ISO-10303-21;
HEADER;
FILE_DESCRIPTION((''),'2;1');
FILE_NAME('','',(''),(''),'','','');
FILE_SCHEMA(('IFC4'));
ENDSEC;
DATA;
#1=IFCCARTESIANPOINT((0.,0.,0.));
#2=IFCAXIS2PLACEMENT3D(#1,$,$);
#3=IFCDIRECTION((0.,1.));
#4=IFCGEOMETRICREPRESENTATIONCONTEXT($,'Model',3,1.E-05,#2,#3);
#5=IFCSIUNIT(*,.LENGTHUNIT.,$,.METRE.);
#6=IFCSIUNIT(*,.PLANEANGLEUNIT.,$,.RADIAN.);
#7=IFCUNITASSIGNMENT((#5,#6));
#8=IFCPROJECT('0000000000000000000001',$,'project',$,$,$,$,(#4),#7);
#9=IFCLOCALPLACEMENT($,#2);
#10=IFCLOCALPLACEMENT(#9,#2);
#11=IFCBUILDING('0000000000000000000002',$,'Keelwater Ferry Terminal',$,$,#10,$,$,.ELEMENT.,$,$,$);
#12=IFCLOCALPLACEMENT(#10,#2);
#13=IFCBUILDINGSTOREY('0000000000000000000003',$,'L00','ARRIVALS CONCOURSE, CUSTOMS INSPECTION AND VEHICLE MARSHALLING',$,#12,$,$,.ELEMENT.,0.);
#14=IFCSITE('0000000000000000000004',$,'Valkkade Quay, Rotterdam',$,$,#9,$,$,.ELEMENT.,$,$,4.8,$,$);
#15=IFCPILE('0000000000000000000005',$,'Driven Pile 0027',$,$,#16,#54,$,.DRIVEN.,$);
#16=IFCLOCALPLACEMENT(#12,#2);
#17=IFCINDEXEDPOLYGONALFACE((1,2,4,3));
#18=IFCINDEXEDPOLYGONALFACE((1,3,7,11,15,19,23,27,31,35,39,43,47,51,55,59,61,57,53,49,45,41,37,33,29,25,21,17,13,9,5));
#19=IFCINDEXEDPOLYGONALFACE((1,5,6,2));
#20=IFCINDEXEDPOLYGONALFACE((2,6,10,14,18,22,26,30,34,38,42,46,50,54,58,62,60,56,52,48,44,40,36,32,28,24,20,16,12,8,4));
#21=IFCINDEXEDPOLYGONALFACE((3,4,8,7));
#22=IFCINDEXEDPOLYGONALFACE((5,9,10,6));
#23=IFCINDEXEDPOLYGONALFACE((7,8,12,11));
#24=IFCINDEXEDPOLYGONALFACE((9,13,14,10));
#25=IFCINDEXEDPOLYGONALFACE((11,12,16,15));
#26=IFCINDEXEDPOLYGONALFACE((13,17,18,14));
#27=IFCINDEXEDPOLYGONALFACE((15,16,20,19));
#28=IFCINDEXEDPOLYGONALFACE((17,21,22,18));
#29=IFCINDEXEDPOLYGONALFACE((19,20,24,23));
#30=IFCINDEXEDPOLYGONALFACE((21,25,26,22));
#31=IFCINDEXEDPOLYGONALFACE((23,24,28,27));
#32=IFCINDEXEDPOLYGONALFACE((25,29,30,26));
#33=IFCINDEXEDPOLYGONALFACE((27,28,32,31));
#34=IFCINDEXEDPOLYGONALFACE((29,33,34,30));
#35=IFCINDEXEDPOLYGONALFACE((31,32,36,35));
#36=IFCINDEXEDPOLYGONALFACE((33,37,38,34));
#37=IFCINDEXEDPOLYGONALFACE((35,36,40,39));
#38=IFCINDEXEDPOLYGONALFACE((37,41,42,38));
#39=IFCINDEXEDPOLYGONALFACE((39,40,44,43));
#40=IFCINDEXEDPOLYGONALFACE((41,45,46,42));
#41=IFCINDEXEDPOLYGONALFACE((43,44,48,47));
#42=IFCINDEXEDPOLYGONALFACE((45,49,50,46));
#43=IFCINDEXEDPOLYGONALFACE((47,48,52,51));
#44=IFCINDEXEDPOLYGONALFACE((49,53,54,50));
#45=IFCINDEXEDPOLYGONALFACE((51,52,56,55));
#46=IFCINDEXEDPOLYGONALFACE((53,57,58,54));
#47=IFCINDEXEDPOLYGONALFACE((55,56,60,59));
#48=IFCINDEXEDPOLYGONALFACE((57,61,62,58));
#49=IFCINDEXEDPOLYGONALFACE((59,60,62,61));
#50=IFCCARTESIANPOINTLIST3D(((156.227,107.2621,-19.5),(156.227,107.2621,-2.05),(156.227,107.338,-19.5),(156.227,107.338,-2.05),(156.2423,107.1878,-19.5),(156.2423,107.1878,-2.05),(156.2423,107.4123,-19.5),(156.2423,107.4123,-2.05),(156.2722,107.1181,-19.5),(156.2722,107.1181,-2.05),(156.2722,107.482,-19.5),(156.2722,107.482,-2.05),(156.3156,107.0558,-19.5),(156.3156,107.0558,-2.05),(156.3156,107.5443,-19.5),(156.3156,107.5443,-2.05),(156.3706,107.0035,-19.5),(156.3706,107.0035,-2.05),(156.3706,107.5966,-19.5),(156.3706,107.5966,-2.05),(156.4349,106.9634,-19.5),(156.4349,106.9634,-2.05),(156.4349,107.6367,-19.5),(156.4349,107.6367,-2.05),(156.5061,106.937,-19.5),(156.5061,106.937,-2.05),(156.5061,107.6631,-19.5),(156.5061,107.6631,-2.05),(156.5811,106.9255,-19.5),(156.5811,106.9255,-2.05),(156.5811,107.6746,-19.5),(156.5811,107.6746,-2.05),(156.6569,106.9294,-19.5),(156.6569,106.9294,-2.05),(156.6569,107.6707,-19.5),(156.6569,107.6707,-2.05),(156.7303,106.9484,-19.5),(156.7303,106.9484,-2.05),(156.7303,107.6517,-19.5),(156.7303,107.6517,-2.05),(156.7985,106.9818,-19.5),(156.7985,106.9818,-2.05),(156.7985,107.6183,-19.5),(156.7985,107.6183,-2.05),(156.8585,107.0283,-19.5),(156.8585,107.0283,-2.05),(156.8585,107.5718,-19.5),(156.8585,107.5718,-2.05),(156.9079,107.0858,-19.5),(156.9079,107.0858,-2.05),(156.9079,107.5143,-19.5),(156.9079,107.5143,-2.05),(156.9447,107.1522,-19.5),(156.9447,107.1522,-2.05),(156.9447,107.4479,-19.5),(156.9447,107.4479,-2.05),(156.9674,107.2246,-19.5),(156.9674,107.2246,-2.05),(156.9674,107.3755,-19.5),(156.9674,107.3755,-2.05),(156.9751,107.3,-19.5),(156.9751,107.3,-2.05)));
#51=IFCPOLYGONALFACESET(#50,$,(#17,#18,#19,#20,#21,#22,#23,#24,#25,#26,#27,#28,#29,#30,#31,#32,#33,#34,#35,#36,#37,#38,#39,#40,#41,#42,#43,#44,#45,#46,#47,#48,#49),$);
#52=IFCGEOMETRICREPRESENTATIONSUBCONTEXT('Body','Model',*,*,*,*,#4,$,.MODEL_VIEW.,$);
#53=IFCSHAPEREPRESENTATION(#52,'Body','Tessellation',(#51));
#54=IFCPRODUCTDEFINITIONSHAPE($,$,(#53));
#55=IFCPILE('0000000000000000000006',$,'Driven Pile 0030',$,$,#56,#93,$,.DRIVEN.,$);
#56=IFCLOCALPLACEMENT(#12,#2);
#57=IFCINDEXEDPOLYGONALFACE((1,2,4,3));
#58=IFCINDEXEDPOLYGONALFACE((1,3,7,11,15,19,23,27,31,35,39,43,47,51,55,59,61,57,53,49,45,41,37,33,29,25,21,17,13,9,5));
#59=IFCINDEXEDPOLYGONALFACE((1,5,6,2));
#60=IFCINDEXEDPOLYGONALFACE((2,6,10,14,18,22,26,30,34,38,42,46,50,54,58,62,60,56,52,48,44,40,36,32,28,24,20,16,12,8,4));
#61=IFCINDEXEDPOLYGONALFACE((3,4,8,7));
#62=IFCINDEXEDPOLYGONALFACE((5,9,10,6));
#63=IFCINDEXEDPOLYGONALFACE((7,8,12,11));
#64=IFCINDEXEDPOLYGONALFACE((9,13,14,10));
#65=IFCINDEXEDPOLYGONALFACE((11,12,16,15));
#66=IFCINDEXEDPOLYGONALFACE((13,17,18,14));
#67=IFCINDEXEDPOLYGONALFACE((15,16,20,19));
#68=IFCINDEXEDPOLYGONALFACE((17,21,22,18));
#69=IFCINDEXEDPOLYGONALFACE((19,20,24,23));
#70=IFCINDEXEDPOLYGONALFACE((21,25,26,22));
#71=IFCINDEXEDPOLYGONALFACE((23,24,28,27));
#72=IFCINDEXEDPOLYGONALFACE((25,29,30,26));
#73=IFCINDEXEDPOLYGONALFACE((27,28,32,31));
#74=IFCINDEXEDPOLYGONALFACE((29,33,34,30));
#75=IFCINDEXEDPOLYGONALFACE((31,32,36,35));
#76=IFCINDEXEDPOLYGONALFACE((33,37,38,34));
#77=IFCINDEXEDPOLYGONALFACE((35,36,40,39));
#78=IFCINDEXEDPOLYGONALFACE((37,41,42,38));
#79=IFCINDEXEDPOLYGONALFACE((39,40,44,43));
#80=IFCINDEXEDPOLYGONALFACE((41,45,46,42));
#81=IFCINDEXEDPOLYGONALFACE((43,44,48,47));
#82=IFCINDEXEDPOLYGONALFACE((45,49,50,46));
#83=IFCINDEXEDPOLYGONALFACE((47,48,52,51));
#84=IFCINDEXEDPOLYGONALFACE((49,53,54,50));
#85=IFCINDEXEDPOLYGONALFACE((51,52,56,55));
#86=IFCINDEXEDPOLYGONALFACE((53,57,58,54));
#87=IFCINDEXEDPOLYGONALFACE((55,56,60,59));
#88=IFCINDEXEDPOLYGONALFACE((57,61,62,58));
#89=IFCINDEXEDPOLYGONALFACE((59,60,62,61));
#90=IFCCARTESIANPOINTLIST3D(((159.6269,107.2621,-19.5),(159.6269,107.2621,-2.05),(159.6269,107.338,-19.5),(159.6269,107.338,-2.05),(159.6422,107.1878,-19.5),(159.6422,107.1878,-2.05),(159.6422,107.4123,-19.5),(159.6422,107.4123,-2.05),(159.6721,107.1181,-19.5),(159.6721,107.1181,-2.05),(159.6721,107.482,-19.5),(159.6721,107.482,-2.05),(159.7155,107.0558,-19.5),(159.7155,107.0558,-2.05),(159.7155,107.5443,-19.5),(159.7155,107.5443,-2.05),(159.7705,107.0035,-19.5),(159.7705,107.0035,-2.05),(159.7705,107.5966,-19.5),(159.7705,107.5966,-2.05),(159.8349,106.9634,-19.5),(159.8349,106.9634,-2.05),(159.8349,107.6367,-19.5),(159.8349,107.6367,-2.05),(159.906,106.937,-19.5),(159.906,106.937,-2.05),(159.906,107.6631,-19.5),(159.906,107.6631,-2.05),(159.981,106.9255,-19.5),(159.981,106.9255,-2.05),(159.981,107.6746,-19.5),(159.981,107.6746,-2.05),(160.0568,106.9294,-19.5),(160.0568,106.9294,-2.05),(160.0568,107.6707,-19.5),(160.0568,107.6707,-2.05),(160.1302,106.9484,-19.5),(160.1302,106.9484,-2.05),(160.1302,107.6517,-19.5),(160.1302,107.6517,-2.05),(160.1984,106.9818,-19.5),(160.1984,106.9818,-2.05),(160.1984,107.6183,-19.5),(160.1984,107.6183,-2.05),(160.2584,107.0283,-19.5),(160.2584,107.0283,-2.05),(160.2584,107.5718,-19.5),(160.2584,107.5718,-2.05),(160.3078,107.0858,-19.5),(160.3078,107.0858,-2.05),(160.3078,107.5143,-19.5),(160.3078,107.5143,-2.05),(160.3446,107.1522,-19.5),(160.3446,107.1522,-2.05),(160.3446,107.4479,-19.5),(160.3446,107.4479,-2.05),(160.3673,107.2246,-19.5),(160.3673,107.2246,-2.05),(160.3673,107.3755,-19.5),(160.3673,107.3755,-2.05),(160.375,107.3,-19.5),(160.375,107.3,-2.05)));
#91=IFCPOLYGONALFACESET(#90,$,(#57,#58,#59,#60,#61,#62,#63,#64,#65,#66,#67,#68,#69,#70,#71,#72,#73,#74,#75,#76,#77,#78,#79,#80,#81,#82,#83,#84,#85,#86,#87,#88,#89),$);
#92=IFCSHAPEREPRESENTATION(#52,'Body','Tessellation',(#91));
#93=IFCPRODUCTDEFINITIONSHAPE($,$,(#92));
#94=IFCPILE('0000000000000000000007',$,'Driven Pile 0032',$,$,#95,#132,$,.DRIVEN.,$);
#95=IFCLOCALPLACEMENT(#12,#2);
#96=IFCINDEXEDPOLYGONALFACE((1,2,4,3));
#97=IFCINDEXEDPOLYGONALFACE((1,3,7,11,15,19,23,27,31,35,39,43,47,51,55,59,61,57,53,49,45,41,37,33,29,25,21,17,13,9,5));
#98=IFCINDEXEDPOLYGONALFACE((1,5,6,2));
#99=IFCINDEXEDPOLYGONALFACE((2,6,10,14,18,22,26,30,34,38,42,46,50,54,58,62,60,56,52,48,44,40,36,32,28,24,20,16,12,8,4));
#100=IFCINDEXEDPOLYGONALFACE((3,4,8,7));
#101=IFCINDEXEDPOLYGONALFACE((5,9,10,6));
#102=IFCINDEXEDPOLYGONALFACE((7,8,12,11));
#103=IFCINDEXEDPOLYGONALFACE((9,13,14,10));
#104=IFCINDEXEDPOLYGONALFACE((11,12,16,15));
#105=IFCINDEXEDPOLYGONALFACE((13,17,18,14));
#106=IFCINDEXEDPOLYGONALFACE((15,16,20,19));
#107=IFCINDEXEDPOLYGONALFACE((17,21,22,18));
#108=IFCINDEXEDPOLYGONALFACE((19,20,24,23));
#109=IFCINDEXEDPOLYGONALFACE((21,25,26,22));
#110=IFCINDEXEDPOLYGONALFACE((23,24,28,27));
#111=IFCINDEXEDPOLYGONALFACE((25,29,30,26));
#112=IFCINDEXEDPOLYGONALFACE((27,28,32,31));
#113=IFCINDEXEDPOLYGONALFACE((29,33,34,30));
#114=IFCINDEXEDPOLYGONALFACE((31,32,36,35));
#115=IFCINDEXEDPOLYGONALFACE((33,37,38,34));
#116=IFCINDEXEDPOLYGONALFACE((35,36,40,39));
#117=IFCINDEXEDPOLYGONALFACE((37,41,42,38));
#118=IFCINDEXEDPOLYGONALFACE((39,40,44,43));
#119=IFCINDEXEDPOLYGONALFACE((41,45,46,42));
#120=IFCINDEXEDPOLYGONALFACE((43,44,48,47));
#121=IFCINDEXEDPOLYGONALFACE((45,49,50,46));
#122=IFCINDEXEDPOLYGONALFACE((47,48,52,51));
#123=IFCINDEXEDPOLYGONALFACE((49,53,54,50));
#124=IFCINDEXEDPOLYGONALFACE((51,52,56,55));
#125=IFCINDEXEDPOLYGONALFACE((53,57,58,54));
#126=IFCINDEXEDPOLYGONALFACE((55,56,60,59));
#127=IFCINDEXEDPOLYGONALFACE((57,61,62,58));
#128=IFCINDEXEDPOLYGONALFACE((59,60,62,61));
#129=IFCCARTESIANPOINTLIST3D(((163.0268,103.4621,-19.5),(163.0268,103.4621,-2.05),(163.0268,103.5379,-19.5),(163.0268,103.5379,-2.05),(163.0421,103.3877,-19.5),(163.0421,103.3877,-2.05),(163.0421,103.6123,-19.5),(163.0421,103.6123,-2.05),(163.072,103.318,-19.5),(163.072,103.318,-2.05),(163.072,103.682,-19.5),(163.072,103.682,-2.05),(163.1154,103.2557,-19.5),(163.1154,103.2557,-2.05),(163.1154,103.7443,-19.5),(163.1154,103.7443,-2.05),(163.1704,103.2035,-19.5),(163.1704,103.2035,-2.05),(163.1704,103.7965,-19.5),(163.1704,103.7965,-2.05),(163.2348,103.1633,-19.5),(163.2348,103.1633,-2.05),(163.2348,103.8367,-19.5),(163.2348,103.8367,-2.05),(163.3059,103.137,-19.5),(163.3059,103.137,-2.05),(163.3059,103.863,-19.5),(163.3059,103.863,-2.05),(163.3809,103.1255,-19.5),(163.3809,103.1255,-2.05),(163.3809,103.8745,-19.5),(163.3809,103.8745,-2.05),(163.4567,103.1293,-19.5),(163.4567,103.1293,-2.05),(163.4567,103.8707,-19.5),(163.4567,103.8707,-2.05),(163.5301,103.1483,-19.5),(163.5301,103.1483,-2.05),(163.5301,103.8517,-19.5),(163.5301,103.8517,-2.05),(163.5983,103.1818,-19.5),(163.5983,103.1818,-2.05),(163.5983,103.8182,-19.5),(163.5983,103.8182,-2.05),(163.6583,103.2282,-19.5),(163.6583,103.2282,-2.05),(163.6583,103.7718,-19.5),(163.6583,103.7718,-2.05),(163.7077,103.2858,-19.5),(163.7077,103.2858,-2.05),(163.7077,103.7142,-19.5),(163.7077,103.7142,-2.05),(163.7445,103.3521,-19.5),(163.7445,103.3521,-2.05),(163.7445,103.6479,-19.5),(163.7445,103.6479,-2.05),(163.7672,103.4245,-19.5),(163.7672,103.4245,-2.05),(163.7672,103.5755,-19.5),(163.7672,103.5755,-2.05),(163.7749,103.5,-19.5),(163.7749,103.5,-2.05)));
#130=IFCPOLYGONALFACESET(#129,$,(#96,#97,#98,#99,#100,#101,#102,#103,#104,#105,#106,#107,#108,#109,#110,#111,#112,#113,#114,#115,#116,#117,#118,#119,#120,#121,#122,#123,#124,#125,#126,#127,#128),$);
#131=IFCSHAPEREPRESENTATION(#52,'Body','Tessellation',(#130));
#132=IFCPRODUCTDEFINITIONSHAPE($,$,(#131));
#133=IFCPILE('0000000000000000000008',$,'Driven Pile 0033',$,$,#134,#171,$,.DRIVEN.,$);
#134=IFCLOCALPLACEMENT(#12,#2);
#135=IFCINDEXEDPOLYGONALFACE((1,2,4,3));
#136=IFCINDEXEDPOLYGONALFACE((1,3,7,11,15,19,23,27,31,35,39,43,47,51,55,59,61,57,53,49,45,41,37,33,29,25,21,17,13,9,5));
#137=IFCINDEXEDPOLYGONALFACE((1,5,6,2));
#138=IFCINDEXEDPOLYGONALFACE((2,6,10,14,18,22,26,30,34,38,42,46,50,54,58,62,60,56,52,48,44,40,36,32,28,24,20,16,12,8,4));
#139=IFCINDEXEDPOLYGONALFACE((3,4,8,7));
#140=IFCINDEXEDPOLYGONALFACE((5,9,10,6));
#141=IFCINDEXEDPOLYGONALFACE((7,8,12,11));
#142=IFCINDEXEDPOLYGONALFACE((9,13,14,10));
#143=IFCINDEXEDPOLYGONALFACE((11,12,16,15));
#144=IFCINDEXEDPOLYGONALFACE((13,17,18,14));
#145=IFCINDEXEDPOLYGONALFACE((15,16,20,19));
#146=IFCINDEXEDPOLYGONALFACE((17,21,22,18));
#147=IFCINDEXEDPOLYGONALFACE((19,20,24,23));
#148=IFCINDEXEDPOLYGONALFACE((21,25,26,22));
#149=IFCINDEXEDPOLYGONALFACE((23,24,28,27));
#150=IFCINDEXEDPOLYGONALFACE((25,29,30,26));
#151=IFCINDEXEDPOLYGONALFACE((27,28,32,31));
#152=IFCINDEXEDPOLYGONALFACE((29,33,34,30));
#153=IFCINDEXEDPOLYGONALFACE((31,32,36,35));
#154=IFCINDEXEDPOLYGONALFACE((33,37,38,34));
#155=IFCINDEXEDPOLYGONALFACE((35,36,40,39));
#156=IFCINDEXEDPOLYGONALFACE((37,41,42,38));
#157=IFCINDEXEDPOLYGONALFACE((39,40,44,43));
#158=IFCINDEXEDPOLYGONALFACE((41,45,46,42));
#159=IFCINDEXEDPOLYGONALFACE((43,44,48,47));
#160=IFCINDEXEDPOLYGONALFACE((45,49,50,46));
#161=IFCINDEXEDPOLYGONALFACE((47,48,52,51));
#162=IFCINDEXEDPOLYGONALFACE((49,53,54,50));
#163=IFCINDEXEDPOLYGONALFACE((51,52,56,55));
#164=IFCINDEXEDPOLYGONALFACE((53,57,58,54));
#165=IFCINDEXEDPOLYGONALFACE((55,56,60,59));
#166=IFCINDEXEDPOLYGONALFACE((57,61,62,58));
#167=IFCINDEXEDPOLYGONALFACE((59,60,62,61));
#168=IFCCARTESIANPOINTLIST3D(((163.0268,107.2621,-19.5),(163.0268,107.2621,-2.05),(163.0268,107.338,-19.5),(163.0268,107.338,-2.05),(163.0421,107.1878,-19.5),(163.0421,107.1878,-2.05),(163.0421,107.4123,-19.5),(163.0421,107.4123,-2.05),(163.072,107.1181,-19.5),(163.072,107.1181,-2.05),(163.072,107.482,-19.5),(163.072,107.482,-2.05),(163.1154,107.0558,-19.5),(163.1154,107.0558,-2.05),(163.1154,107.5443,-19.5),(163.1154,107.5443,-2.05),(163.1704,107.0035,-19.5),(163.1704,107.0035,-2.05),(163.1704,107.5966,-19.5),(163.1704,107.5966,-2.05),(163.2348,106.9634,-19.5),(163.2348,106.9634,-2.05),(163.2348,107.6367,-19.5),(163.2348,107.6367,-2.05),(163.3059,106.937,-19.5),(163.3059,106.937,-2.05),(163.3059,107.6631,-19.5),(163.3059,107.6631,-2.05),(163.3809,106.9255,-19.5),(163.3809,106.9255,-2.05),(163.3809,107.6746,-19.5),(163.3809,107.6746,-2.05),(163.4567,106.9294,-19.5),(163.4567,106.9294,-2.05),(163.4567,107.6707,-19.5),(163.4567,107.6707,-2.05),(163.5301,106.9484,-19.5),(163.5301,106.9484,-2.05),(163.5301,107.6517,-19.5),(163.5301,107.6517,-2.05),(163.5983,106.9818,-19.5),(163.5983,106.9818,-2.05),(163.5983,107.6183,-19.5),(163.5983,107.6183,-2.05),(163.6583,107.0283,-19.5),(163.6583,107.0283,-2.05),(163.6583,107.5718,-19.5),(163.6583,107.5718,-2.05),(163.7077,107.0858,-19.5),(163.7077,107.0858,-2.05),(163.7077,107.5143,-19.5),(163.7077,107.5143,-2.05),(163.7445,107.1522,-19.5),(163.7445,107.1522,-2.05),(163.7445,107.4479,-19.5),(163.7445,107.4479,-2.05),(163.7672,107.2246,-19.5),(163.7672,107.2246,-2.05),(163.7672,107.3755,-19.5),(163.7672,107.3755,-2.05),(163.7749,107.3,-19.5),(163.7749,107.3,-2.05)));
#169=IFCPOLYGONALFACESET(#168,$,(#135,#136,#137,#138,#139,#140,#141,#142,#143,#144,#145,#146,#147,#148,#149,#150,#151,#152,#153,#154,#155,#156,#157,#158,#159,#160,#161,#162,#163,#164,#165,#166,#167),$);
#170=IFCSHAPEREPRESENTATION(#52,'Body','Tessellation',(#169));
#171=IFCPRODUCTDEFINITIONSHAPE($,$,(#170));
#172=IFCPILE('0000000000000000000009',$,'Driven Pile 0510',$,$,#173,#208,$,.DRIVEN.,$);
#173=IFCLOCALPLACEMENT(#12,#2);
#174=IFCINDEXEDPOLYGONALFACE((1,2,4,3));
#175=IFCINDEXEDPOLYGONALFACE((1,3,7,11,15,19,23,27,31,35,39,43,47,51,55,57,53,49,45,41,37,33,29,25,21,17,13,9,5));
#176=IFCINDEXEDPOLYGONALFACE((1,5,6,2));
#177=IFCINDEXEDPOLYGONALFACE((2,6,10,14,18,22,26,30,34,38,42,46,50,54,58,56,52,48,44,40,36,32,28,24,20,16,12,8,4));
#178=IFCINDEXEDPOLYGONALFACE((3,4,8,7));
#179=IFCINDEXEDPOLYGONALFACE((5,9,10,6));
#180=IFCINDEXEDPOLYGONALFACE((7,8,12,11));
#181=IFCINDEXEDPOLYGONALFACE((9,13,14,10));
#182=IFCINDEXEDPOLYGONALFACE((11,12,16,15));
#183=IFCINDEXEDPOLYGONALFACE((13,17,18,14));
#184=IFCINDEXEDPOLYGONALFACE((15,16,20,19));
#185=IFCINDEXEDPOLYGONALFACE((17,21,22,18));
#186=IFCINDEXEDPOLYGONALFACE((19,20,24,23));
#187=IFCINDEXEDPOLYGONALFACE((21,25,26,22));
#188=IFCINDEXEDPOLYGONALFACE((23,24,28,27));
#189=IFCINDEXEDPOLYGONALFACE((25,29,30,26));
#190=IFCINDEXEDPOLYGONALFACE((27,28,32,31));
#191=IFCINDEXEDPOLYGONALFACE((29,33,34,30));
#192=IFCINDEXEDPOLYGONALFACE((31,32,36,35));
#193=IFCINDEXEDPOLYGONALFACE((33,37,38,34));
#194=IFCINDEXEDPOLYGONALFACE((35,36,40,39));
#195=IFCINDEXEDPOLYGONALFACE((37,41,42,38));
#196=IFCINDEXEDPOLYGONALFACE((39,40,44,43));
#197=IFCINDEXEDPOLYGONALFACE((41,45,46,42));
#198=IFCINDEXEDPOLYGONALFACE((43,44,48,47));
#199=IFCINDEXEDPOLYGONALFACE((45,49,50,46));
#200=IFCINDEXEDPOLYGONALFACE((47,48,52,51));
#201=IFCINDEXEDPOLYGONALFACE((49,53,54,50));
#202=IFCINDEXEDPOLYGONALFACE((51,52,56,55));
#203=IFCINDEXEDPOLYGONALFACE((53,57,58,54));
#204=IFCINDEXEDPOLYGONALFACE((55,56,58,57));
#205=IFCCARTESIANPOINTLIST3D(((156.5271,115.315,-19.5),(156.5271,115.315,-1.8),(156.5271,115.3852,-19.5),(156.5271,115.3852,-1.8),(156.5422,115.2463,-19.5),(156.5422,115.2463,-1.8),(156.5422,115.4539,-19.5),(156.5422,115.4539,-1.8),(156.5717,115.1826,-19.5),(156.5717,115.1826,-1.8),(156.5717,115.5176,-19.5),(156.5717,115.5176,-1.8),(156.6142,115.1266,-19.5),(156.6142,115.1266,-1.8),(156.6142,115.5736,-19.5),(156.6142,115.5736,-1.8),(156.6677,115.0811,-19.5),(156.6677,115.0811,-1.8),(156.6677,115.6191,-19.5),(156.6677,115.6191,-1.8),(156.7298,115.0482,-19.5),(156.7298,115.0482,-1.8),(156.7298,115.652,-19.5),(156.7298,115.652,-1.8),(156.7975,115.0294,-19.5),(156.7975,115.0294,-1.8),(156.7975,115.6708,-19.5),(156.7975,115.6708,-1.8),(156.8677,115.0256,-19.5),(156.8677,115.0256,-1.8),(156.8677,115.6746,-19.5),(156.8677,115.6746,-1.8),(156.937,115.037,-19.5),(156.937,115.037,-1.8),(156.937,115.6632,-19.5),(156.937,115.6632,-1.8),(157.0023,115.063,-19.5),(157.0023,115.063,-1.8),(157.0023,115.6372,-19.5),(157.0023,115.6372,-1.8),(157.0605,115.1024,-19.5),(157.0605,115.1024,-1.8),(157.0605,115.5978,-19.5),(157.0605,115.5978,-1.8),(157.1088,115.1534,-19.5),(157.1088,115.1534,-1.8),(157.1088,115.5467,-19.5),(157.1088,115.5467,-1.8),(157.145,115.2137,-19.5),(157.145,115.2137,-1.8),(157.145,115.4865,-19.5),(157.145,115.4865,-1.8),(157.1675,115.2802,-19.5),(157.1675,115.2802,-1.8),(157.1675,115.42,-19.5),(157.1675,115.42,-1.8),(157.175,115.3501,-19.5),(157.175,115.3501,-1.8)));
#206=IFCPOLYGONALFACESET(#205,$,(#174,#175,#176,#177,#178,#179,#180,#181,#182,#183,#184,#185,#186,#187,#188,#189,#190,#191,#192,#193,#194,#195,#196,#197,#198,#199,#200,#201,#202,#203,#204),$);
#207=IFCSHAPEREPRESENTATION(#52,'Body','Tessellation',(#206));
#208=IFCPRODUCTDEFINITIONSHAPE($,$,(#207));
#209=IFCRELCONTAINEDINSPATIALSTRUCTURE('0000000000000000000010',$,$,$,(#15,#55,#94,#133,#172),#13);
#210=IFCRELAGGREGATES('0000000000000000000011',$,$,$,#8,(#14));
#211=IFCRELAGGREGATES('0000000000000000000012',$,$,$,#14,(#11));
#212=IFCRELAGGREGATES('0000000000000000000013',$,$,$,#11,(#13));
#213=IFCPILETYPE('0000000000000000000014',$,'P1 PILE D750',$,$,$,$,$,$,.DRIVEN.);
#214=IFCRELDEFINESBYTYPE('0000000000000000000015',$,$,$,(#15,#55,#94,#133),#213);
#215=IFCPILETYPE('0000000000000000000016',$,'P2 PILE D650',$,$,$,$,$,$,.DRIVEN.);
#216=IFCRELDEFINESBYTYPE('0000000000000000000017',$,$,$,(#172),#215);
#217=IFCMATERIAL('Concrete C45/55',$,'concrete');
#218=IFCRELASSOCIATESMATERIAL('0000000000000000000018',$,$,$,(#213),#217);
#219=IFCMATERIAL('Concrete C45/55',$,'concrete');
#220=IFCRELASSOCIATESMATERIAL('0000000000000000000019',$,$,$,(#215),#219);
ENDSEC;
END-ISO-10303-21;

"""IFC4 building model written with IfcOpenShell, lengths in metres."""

from ifc_helpers import new_model, si_unit, direction, frame, origin, origin_2d, place, context, subcontext, project, spatial, circle, extrude, material, material_profile, profile_set, type_object, element, save


model = new_model("IFC4")

# Units and contexts
model_context = context("Model", 3, precision=1e-05, world=origin(), true_north=direction((0.0, 1.0)))
body_context = subcontext(model_context, "Body", "Model", "MODEL_VIEW")
ifc_project = project(units=[si_unit("LENGTHUNIT", "METRE"), si_unit("PLANEANGLEUNIT", "RADIAN")], contexts=[model_context])

# Site, building, storey
site_placement = place(None, origin())
site = spatial("IfcSite", under=ifc_project, at=site_placement, Name="Valkkade Quay, Rotterdam", CompositionType="ELEMENT", RefElevation=4.8)
building_placement = place(site_placement, origin())
building = spatial("IfcBuilding", under=site, at=building_placement, Name="Keelwater Ferry Terminal", CompositionType="ELEMENT")
storey_placement = place(building_placement, origin())
storey = spatial("IfcBuildingStorey", under=building, at=storey_placement, Name="L00", Description="ARRIVALS CONCOURSE, CUSTOMS INSPECTION AND VEHICLE MARSHALLING", CompositionType="ELEMENT", Elevation=0.0)

# Piles
ifc_material_1 = material(Name="Concrete C45/55", Category="concrete")
ifc_material_profile_1 = material_profile(ifc_material_1, circle(Radius=0.375, at=origin_2d()), Name="PILE D750")
ifc_profile_set_1 = profile_set([ifc_material_profile_1], Name="Concrete C45/55")
pile_type_1 = type_object("IfcPileType", Name="P1 PILE D750", PredefinedType="DRIVEN", material=ifc_profile_set_1)
for number, where, z_axis, x_axis, name in (
    (1, (156.6001, 107.3, -2.05), (0.0, 0.0, -1.0), (1.0, 0.0, 0.0), "Driven Pile 0027"),
    (2, (160.0, 107.3, -2.05), (0.0, 0.0, -1.0), (1.0, 0.0, 0.0), "Driven Pile 0030"),
    (3, (163.3999, 103.5, -2.05), (0.0, 0.0, -1.0), (1.0, 0.0, 0.0), "Driven Pile 0032"),
    (4, (163.3999, 107.3, -2.05), (0.0, 0.0, -1.0), (1.0, 0.0, 0.0), "Driven Pile 0033"),
):
    element("IfcPile", number, at=place(storey_placement, frame(where, z_axis=z_axis, x_axis=x_axis)), inside=storey, type_object=pile_type_1, Name=name, PredefinedType="DRIVEN", context=body_context, shape_type="SweptSolid", body=[
        extrude(circle(Radius=0.375, at=origin_2d()), origin(), (0.0, 0.0, 1.0), 17.45),
    ])
ifc_material_2 = material(Name="Concrete C45/55", Category="concrete")
ifc_material_profile_2 = material_profile(ifc_material_2, circle(Radius=0.325, at=origin_2d()), Name="PILE D650")
ifc_profile_set_2 = profile_set([ifc_material_profile_2], Name="Concrete C45/55")
pile_type_2 = type_object("IfcPileType", Name="P2 PILE D650", PredefinedType="DRIVEN", material=ifc_profile_set_2)
for number, where, z_axis, x_axis, name in (
    (5, (156.8501, 115.3501, -1.8), (0.0, 0.0, -1.0), (1.0, 0.0, 0.0), "Driven Pile 0510"),
):
    element("IfcPile", number, at=place(storey_placement, frame(where, z_axis=z_axis, x_axis=x_axis)), inside=storey, type_object=pile_type_2, Name=name, PredefinedType="DRIVEN", context=body_context, shape_type="SweptSolid", body=[
        extrude(circle(Radius=0.325, at=origin_2d()), origin(), (0.0, 0.0, 1.0), 17.7),
    ])

save(model, "model.ifc")
